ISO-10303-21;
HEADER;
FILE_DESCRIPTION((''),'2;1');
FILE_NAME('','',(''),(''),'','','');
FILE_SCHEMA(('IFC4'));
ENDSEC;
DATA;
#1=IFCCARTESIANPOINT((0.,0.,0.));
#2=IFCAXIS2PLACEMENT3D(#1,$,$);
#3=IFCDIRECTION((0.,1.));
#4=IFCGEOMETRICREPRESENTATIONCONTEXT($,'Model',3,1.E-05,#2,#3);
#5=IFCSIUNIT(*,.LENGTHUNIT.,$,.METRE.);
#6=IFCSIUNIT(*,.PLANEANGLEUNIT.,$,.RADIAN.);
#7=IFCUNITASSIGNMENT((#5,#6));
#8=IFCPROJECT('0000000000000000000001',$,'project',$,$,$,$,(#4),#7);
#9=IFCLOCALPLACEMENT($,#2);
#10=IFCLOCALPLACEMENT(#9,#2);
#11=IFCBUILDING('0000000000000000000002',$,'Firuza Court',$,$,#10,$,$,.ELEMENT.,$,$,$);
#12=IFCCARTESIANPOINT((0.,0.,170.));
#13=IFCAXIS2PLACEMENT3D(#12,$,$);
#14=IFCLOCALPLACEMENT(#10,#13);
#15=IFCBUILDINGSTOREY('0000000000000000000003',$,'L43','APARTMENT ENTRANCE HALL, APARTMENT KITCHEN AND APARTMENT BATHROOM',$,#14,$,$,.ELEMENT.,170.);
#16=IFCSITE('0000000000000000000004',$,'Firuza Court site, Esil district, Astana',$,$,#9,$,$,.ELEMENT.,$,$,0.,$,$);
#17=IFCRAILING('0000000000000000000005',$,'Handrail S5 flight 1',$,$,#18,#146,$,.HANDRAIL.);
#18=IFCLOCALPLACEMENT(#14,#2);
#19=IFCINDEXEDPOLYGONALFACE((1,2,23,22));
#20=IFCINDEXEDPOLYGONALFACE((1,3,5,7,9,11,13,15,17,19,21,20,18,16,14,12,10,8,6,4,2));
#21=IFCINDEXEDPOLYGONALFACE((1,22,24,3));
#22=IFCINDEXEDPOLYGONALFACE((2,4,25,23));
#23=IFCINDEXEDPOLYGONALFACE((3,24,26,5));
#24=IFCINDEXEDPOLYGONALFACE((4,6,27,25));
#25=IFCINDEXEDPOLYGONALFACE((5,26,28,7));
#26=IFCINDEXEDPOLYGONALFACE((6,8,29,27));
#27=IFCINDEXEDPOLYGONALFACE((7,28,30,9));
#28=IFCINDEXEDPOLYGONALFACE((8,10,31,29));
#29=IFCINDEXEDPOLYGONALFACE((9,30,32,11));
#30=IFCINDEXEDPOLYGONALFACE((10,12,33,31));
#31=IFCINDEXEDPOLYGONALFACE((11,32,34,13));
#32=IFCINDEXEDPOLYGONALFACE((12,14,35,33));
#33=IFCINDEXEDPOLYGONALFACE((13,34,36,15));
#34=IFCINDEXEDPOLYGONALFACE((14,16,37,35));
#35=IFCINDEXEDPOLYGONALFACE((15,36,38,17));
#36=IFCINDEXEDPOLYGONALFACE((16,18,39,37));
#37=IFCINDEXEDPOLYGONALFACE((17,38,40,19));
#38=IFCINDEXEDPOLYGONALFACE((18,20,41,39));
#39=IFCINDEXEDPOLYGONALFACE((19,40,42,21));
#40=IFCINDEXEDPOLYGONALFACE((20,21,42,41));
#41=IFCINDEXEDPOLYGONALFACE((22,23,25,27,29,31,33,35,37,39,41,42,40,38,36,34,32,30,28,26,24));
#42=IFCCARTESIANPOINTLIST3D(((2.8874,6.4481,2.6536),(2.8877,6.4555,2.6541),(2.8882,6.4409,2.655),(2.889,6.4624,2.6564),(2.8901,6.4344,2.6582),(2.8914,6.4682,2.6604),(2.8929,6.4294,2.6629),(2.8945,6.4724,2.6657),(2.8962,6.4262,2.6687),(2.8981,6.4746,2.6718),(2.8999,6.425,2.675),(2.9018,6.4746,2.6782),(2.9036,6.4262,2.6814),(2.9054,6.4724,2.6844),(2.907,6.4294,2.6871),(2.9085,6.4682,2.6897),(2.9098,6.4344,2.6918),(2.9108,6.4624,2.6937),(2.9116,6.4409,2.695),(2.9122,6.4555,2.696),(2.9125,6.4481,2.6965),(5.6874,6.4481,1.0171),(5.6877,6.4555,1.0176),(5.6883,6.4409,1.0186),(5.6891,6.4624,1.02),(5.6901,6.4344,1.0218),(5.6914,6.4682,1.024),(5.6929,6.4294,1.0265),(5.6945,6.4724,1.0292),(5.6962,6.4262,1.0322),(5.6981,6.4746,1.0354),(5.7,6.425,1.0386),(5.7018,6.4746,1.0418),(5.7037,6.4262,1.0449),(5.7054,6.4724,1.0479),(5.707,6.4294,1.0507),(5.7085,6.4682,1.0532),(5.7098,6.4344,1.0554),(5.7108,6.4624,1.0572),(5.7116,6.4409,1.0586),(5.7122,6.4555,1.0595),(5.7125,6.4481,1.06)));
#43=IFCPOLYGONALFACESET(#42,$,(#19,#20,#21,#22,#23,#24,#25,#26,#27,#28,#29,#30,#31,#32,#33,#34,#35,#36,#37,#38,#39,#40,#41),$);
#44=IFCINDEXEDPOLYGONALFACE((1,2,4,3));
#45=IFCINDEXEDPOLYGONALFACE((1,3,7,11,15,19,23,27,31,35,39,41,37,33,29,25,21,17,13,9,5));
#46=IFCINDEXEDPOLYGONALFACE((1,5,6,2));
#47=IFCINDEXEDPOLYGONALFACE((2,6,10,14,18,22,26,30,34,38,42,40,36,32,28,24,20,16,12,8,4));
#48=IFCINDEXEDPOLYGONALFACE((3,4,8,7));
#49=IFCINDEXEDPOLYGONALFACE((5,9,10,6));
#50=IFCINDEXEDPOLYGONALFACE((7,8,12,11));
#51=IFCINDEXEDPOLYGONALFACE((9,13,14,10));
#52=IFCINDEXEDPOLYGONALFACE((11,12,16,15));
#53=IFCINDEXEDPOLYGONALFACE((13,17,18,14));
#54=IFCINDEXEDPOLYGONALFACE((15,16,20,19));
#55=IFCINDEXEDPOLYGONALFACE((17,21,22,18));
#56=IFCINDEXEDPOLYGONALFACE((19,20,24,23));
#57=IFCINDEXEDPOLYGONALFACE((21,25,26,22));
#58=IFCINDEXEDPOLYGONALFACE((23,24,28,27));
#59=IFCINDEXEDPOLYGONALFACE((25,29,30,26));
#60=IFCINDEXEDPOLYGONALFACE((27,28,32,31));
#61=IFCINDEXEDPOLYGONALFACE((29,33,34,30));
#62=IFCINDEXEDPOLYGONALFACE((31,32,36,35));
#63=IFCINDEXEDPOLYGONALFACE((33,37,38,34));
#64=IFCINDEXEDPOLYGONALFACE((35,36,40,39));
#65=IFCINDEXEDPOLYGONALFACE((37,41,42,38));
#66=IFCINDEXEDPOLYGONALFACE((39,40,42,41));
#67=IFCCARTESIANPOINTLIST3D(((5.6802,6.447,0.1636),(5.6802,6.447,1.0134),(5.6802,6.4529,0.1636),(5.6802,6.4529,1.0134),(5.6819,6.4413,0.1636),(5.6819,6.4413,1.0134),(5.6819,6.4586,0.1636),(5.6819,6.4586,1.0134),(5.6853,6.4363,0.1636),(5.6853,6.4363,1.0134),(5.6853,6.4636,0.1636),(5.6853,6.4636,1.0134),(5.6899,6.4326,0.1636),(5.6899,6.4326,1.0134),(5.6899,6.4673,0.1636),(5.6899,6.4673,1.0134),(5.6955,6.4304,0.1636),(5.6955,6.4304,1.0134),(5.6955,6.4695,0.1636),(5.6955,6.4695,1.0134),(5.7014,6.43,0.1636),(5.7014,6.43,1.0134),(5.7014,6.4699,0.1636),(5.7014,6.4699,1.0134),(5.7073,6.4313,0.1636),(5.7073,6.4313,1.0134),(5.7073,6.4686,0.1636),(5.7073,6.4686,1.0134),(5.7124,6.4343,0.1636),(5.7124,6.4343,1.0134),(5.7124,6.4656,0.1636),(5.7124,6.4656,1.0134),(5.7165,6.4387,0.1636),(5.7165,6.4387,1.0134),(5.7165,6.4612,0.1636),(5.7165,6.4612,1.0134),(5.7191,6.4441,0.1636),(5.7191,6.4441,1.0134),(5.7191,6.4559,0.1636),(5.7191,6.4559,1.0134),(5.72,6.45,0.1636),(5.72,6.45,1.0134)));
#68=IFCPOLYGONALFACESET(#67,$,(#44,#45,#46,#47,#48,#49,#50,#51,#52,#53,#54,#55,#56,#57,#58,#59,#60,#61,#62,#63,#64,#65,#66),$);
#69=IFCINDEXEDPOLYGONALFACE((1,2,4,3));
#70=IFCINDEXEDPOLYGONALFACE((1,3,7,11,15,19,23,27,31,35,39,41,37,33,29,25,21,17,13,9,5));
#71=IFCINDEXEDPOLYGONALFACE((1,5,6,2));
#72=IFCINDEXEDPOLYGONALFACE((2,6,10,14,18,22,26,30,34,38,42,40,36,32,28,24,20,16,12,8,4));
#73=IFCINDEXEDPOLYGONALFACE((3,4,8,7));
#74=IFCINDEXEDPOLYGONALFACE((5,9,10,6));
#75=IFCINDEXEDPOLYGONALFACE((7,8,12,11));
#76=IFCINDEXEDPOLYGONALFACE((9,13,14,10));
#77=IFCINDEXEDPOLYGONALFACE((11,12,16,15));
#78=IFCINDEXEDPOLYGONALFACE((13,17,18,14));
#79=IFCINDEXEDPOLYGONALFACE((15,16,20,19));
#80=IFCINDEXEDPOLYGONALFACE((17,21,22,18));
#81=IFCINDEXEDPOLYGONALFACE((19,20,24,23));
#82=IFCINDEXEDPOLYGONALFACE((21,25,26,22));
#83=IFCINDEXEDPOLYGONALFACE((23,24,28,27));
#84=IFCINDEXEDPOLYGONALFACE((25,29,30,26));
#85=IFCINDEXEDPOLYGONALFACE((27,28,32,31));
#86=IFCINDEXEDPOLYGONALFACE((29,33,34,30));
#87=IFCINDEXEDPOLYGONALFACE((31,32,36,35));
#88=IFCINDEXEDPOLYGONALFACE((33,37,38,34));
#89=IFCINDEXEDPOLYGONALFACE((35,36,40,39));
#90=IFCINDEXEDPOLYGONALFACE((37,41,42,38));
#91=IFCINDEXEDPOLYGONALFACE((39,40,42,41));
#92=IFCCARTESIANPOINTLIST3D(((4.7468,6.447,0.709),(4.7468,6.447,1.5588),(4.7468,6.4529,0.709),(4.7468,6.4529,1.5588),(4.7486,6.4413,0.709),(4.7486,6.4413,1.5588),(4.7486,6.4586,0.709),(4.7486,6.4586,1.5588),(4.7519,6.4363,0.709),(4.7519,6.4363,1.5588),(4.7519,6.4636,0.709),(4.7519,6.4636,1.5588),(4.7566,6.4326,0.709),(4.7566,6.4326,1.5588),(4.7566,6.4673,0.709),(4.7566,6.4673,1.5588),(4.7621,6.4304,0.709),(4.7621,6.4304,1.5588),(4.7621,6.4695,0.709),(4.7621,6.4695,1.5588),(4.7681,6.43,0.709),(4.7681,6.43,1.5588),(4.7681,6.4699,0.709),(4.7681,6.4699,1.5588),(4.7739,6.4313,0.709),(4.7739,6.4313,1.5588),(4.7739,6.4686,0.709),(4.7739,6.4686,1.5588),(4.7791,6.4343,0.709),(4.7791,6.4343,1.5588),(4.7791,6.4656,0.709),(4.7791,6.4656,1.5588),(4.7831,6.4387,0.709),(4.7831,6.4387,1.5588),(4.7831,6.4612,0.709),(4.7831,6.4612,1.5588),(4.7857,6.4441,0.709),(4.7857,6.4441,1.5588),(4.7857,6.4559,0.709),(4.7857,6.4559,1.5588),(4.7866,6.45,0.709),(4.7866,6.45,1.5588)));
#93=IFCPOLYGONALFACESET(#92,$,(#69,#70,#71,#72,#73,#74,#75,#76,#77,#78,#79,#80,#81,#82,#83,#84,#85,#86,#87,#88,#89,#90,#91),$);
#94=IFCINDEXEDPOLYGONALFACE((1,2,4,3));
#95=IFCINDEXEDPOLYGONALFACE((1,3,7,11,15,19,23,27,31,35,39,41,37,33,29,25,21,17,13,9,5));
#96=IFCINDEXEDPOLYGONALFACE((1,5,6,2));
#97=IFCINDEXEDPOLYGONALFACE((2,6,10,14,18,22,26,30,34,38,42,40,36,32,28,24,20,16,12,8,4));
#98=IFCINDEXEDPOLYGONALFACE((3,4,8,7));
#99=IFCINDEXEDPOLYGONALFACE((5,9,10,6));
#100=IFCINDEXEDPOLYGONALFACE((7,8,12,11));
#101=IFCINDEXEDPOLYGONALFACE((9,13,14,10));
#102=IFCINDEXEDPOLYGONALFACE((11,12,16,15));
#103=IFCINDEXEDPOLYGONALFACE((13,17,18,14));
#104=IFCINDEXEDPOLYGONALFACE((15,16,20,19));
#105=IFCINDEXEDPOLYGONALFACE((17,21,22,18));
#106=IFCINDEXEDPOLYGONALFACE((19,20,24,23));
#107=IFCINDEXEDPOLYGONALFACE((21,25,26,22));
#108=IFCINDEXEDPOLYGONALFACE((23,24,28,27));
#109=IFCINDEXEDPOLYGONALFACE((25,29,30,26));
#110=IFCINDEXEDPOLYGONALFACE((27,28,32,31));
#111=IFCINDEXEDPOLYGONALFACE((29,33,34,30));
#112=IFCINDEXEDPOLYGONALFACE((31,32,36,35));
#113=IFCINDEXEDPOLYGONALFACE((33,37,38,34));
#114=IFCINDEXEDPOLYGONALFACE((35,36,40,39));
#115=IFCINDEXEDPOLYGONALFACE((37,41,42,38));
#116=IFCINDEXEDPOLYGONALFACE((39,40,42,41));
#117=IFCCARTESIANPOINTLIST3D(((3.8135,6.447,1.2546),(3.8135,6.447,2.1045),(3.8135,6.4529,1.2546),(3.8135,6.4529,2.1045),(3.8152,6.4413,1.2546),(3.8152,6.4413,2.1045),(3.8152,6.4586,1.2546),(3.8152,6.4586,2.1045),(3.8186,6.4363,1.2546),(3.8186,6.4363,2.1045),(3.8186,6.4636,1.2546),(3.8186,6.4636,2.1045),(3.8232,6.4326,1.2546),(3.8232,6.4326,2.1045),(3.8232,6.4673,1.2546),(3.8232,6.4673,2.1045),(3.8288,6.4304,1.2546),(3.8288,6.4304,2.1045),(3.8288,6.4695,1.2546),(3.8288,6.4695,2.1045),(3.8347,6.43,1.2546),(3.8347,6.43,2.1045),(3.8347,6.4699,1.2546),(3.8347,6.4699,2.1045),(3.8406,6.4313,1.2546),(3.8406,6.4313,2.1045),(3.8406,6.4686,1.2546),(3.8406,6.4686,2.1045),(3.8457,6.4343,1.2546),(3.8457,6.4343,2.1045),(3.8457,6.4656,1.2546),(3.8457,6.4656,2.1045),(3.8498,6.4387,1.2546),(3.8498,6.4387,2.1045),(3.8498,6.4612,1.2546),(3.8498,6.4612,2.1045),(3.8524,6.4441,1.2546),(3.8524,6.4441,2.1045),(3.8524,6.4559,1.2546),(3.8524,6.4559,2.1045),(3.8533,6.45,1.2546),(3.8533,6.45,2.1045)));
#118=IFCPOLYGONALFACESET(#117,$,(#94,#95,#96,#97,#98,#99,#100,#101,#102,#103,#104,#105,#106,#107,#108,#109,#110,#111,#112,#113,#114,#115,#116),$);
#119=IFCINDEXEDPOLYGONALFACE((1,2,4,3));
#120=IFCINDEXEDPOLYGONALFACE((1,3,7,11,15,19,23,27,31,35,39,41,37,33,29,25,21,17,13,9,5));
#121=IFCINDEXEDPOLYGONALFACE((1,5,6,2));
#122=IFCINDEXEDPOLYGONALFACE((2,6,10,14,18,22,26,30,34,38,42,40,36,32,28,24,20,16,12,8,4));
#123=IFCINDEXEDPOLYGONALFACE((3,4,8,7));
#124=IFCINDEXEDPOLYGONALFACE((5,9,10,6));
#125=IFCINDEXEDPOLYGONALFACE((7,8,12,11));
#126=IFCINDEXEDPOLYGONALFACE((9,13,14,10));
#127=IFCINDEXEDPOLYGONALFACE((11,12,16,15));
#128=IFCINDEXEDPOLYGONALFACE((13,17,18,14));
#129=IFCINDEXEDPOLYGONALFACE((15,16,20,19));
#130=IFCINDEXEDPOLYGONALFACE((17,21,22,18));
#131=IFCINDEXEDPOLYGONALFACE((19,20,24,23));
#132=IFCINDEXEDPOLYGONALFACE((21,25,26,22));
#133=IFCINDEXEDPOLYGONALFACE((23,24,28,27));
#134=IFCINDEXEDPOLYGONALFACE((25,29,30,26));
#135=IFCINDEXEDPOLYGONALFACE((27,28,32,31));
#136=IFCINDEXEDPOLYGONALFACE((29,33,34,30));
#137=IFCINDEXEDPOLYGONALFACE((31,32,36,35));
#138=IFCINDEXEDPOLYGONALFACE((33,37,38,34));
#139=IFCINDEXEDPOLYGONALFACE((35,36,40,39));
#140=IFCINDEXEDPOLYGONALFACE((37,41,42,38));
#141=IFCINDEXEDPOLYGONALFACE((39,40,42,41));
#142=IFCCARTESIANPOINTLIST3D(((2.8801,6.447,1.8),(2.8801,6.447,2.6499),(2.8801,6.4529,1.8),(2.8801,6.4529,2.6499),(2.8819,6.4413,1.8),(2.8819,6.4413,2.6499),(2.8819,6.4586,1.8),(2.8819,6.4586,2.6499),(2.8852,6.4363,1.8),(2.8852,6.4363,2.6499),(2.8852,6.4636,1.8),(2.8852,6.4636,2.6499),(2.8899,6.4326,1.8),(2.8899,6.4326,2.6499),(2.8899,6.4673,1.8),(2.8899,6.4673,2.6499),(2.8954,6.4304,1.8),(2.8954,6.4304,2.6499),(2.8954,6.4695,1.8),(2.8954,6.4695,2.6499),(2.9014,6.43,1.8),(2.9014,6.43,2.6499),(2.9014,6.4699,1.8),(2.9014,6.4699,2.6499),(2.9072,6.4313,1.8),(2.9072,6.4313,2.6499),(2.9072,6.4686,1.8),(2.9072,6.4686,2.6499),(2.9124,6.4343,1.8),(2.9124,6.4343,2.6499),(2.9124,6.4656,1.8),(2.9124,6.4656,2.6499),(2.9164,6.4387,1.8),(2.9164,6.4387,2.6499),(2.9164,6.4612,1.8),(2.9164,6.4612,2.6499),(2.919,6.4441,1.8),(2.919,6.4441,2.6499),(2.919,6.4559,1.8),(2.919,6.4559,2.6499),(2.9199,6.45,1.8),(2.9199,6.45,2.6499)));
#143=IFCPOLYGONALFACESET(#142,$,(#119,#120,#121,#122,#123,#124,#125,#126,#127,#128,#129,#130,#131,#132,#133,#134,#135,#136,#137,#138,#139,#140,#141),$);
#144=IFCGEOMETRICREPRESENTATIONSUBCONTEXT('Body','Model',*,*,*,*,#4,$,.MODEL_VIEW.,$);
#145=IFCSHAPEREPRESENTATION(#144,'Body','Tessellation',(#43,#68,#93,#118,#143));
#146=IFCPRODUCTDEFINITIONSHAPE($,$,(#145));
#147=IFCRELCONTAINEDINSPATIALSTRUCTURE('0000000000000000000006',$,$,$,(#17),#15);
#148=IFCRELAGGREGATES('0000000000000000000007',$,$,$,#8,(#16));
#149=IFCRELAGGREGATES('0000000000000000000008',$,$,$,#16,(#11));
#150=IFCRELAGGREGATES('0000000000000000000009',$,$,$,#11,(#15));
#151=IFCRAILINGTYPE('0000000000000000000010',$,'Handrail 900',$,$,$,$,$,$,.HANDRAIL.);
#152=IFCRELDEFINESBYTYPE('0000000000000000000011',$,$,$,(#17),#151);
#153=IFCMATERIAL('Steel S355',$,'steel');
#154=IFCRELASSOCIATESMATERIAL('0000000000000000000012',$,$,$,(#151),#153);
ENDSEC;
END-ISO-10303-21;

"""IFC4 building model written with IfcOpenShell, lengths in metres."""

from ifc_helpers import new_model, si_unit, direction, frame, origin, origin_2d, place, context, subcontext, project, spatial, circle, extrude, material, type_object, element, save


model = new_model("IFC4")

# Units and contexts
model_context = context("Model", 3, precision=1e-05, world=origin(), true_north=direction((0.0, 1.0)))
body_context = subcontext(model_context, "Body", "Model", "MODEL_VIEW")
ifc_project = project(units=[si_unit("LENGTHUNIT", "METRE"), si_unit("PLANEANGLEUNIT", "RADIAN")], contexts=[model_context])

# Site, building, storey
site_placement = place(None, origin())
site = spatial("IfcSite", under=ifc_project, at=site_placement, Name="Firuza Court site, Esil district, Astana", CompositionType="ELEMENT", RefElevation=0.0)
building_placement = place(site_placement, origin())
building = spatial("IfcBuilding", under=site, at=building_placement, Name="Firuza Court", CompositionType="ELEMENT")
storey_placement = place(building_placement, frame((0.0, 0.0, 170.0)))
storey = spatial("IfcBuildingStorey", under=building, at=storey_placement, Name="L43", Description="APARTMENT ENTRANCE HALL, APARTMENT KITCHEN AND APARTMENT BATHROOM", CompositionType="ELEMENT", Elevation=170.0)

# Railing
ifc_material_1 = material(Name="Steel S355", Category="steel")
railing_type_1 = type_object("IfcRailingType", Name="Handrail 900", PredefinedType="HANDRAIL", material=ifc_material_1)
railing_1_placement = place(storey_placement, frame((5.7, 6.45, 0.1636)))
element("IfcRailing", 1, at=railing_1_placement, inside=storey, type_object=railing_type_1, Name="Handrail S5 flight 1", PredefinedType="HANDRAIL", context=body_context, shape_type="SweptSolid", body=[
    extrude(circle(Radius=0.0249, at=origin_2d()), frame((0.0, 0.0, 0.875), z_axis=(-0.863361, 0.0, 0.504587), x_axis=(0.0, -1.0, 0.0)), (0.0, 0.0, 1.0), 3.2432),
    extrude(circle(Radius=0.02, at=origin_2d()), origin(), (0.0, 0.0, 1.0), 0.8499),
    extrude(circle(Radius=0.02, at=origin_2d()), frame((-0.9333, 0.0, 0.5454)), (0.0, 0.0, 1.0), 0.8499),
    extrude(circle(Radius=0.02, at=origin_2d()), frame((-1.8667, 0.0, 1.0911)), (0.0, 0.0, 1.0), 0.8499),
    extrude(circle(Radius=0.02, at=origin_2d()), frame((-2.8, 0.0, 1.6365)), (0.0, 0.0, 1.0), 0.8499),
])

save(model, "model.ifc")
